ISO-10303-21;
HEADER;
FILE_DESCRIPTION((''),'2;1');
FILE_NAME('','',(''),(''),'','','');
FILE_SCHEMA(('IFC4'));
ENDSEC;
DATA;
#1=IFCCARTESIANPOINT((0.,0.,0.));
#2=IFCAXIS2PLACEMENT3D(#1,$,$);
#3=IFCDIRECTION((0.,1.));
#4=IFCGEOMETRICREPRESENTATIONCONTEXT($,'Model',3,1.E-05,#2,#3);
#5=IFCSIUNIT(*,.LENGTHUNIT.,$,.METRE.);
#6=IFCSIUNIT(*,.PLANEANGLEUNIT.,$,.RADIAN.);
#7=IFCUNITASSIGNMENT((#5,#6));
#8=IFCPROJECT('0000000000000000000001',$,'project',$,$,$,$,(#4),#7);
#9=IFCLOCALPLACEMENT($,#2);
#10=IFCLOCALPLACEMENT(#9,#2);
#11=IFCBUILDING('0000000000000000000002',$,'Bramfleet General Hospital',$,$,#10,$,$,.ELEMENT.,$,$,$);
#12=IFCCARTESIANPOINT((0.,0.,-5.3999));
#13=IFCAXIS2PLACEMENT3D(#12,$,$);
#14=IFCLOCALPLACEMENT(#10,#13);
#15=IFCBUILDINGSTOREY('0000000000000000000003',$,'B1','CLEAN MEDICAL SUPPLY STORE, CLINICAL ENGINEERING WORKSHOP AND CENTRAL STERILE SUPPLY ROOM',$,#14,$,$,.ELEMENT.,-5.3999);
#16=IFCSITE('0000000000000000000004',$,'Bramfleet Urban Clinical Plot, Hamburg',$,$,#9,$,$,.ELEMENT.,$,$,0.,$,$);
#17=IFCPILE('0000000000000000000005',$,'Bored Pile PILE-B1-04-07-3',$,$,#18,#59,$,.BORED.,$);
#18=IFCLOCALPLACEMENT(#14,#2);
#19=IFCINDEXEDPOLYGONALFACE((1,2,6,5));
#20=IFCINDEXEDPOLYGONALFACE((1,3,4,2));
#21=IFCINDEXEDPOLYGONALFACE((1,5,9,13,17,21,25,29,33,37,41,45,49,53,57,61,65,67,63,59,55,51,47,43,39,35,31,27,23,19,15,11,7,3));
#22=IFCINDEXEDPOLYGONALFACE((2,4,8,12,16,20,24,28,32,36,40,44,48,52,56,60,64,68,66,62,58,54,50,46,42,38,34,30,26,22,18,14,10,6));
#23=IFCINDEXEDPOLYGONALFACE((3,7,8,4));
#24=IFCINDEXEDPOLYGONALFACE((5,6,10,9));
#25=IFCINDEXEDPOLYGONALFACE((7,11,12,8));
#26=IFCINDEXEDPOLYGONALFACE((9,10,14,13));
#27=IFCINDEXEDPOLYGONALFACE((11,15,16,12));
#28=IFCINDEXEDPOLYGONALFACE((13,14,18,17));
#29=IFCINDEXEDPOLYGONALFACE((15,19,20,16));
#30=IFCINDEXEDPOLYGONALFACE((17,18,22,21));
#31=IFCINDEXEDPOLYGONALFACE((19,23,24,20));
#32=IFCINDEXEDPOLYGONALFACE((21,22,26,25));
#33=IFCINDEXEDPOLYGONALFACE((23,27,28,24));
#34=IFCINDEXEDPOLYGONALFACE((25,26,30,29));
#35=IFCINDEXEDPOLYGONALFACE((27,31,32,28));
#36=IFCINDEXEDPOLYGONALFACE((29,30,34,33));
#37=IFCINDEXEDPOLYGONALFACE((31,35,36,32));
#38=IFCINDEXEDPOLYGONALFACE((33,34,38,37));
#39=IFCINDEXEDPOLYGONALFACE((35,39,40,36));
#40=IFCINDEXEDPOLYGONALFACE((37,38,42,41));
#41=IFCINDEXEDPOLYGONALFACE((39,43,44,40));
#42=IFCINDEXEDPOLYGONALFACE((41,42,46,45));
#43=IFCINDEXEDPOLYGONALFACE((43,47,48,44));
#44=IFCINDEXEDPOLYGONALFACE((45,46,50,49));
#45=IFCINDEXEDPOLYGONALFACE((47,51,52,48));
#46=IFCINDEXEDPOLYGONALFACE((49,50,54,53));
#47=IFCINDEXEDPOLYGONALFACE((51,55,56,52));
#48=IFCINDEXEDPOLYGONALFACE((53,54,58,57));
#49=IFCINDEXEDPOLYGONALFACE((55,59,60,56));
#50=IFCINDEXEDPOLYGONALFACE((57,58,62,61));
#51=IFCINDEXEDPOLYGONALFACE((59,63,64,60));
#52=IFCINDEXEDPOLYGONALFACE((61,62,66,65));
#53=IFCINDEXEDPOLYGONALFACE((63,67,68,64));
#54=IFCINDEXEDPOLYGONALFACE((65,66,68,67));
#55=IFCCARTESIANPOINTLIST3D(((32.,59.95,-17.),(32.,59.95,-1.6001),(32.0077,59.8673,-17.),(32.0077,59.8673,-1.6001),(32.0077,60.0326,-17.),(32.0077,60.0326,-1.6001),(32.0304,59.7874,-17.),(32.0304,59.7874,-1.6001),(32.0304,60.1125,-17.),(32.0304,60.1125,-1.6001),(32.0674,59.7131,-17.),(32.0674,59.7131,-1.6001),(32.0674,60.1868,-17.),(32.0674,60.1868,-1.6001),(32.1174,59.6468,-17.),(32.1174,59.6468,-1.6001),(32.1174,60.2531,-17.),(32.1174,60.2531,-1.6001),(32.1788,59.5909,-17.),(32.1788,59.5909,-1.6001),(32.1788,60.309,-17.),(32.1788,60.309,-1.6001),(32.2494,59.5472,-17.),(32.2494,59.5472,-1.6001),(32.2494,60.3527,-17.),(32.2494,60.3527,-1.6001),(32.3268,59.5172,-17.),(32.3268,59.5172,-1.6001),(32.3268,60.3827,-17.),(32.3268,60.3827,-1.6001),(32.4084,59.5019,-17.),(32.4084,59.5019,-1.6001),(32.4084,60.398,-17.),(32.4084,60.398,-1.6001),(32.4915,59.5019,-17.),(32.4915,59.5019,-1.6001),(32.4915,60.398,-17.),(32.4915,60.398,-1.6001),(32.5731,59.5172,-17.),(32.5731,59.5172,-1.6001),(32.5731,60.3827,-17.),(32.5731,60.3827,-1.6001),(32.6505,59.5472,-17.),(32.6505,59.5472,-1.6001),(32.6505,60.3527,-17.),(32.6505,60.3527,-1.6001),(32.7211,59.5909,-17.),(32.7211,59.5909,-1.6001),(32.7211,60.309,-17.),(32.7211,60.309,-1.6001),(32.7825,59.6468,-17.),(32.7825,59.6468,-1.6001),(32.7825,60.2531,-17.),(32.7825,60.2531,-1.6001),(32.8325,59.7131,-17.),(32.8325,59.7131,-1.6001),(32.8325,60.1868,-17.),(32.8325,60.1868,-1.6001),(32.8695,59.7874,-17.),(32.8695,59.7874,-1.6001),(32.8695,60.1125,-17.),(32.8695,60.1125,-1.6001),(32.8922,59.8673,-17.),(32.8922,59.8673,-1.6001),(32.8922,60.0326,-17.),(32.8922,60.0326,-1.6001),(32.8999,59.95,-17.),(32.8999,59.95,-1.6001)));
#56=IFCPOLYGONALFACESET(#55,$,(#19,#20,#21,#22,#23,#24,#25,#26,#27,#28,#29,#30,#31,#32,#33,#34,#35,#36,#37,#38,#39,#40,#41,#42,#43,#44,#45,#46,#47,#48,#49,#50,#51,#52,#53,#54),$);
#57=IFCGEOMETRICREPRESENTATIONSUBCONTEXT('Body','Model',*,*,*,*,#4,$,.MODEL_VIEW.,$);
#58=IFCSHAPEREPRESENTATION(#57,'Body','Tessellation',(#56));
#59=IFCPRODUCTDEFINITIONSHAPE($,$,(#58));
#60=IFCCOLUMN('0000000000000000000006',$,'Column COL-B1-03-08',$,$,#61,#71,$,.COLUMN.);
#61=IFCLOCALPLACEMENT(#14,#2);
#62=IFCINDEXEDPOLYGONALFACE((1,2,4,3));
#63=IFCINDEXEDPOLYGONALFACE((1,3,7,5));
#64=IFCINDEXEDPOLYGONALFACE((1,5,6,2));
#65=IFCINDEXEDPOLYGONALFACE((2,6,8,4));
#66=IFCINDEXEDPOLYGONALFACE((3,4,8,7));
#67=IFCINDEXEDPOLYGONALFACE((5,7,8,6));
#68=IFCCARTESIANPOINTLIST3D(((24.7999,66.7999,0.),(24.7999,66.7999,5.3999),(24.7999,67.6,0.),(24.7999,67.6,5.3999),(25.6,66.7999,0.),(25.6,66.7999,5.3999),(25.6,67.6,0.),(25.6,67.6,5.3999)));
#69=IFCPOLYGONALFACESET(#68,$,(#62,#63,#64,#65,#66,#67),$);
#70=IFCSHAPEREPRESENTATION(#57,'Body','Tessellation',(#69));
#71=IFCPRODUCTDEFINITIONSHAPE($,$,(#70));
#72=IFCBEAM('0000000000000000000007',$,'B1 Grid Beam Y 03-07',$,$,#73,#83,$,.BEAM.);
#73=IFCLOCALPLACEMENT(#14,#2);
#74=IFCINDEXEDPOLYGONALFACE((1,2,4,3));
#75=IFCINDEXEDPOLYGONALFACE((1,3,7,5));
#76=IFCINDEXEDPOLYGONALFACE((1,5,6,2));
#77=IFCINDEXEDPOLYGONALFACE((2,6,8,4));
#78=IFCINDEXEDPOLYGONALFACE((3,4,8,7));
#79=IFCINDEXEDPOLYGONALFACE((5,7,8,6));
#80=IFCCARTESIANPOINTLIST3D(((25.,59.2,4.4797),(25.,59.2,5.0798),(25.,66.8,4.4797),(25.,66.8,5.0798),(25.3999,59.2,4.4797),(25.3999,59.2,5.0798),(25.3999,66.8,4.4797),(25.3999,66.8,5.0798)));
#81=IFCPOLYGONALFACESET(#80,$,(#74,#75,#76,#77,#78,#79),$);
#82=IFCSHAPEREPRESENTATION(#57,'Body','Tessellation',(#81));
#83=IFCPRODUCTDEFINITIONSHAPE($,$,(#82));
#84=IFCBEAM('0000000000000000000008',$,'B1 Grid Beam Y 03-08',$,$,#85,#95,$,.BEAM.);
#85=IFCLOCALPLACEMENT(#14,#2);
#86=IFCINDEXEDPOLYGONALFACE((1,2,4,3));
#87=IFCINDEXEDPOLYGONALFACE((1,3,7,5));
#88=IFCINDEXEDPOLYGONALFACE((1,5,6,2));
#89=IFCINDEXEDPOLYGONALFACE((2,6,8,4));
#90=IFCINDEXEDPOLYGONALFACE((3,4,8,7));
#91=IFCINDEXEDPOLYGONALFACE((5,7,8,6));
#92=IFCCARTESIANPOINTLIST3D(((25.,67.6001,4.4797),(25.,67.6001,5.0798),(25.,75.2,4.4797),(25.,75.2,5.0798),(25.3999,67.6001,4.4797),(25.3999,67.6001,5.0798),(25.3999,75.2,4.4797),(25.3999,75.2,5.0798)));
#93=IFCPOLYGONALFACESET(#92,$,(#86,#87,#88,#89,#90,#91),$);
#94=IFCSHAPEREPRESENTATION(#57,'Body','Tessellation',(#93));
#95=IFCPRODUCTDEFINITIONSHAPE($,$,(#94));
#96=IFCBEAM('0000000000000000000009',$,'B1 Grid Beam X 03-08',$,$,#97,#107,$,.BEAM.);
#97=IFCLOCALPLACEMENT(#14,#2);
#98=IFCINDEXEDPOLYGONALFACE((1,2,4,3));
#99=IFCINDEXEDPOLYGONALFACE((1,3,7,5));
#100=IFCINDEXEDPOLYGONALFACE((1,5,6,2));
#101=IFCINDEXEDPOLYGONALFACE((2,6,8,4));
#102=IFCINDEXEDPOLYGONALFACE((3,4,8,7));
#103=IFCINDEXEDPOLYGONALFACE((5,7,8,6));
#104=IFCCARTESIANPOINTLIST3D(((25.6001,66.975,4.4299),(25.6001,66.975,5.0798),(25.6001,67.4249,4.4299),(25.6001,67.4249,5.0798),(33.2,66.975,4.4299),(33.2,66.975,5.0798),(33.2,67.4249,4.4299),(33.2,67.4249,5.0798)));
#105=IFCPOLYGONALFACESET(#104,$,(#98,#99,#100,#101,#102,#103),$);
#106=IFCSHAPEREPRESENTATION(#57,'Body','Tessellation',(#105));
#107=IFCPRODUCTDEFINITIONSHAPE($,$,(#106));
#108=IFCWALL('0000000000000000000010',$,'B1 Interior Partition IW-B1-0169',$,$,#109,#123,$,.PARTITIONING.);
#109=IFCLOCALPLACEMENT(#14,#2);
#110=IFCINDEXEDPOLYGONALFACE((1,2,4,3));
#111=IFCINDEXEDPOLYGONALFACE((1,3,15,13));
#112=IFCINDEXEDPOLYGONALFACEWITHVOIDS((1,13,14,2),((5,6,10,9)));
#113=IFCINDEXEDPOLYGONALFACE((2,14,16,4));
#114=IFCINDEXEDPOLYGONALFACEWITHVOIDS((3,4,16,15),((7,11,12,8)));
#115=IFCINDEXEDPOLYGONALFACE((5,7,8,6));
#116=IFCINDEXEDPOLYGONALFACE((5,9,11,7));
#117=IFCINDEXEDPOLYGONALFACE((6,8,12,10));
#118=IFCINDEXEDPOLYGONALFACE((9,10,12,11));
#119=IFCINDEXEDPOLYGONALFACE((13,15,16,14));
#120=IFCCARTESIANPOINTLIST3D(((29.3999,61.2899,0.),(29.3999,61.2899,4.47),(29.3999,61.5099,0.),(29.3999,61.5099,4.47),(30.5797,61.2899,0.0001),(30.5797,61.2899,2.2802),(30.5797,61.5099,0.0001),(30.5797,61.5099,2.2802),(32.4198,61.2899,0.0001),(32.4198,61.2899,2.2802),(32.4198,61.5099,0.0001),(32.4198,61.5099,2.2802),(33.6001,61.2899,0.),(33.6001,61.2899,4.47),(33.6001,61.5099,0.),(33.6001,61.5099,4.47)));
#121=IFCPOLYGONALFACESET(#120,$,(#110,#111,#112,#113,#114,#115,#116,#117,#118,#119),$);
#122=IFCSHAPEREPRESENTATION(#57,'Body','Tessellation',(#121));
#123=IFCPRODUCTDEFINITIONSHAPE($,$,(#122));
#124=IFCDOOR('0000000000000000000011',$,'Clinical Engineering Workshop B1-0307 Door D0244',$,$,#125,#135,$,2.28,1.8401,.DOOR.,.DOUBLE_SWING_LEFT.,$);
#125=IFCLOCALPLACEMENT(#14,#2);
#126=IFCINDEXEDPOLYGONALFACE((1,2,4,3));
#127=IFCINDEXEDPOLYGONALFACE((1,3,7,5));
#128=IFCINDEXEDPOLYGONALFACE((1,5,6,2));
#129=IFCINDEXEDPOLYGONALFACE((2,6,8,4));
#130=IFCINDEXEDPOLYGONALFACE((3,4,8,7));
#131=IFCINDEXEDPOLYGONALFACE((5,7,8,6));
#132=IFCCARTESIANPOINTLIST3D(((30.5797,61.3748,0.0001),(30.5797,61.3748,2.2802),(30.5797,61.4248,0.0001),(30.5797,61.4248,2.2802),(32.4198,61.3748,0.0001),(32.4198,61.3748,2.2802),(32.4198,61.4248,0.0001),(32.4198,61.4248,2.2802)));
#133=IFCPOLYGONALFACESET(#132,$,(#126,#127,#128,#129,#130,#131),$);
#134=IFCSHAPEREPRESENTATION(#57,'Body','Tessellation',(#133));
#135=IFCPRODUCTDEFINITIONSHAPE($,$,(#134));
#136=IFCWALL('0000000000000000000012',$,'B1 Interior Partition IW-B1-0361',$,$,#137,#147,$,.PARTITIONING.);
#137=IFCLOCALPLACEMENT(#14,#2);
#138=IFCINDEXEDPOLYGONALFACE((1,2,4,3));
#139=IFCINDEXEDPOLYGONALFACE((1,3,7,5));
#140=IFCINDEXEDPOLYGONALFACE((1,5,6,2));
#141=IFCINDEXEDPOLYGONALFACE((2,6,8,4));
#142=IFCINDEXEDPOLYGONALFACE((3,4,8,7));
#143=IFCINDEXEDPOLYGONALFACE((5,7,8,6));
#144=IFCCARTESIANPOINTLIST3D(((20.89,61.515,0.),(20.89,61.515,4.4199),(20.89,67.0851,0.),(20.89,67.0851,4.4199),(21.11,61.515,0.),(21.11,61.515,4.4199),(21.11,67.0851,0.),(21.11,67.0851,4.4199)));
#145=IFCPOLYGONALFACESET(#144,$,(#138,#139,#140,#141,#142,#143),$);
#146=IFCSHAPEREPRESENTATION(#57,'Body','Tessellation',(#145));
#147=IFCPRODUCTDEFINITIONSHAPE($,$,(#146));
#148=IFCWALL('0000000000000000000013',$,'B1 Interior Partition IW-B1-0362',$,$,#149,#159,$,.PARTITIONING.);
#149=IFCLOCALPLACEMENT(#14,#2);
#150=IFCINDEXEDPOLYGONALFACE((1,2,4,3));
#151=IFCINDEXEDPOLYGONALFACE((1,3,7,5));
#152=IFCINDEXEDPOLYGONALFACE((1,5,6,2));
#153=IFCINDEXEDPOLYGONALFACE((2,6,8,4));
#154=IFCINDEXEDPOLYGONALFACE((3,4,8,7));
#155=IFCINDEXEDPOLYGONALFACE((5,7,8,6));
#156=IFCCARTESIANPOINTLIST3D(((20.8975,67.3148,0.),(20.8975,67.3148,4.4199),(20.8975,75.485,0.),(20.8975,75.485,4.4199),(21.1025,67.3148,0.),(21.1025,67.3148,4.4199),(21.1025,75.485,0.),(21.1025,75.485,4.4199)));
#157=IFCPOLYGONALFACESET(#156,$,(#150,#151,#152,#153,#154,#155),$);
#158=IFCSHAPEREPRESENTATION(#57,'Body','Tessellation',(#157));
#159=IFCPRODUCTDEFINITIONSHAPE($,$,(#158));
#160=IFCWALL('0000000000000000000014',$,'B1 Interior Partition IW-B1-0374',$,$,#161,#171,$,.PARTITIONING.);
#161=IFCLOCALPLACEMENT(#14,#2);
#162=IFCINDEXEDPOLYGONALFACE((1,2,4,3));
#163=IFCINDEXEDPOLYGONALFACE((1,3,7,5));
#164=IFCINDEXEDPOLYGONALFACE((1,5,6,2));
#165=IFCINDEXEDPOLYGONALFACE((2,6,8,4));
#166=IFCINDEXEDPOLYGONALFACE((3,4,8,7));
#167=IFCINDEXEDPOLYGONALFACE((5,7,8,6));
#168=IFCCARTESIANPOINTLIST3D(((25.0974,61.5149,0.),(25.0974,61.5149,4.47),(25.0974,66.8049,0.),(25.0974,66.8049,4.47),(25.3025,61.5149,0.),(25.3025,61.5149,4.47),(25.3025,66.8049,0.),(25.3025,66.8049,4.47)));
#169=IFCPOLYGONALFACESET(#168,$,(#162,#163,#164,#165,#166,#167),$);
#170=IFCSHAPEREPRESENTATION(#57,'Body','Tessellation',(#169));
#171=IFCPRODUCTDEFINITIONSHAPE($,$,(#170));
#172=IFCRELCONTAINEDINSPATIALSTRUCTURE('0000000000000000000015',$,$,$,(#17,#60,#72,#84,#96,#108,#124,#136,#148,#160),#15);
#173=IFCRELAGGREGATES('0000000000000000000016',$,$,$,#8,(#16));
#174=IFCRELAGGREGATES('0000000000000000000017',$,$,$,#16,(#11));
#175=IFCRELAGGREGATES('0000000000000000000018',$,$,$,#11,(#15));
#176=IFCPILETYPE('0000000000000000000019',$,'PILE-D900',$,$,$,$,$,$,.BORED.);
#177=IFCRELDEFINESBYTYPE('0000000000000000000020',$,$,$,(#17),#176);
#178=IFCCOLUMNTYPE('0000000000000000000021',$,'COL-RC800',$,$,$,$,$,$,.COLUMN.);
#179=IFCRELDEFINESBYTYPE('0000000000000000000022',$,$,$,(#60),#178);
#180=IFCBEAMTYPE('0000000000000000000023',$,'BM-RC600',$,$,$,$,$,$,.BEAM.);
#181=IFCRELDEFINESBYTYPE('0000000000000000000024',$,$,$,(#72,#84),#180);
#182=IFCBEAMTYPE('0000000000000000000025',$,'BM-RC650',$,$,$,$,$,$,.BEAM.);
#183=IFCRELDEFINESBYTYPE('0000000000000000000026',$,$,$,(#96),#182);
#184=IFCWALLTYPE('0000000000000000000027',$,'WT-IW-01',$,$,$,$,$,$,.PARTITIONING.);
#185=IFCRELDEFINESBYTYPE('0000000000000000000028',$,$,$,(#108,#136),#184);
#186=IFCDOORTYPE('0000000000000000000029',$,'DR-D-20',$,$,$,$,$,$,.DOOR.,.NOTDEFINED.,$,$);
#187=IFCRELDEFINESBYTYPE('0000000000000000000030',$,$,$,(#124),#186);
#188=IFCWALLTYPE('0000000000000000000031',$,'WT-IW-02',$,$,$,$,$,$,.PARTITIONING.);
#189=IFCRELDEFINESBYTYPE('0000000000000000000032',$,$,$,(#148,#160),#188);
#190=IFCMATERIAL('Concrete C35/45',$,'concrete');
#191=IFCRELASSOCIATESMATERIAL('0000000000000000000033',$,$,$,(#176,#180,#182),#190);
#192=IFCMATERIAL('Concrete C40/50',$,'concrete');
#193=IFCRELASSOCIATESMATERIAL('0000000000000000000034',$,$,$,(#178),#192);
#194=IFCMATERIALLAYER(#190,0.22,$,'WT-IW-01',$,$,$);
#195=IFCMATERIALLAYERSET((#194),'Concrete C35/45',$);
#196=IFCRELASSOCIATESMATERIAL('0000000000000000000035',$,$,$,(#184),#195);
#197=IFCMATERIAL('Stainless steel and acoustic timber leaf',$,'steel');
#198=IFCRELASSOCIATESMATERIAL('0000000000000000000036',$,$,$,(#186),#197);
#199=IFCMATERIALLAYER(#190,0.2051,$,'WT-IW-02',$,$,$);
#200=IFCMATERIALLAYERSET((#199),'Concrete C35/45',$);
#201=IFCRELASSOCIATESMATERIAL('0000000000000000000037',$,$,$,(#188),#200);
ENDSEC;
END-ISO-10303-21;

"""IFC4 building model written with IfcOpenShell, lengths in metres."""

from ifc_helpers import new_model, si_unit, direction, frame, frame_2d, origin, origin_2d, place, context, subcontext, project, spatial, rectangle, circle, extrude, material, layer, layer_set, material_profile, profile_set, type_object, element, fill, save


model = new_model("IFC4")

# Units and contexts
model_context = context("Model", 3, precision=1e-05, world=origin(), true_north=direction((0.0, 1.0)))
body_context = subcontext(model_context, "Body", "Model", "MODEL_VIEW")
ifc_project = project(units=[si_unit("LENGTHUNIT", "METRE"), si_unit("PLANEANGLEUNIT", "RADIAN")], contexts=[model_context])

# Site, building, storey
site_placement = place(None, origin())
site = spatial("IfcSite", under=ifc_project, at=site_placement, Name="Bramfleet Urban Clinical Plot, Hamburg", CompositionType="ELEMENT", RefElevation=0.0)
building_placement = place(site_placement, origin())
building = spatial("IfcBuilding", under=site, at=building_placement, Name="Bramfleet General Hospital", CompositionType="ELEMENT")
storey_placement = place(building_placement, frame((0.0, 0.0, -5.3999)))
storey = spatial("IfcBuildingStorey", under=building, at=storey_placement, Name="B1", Description="CLEAN MEDICAL SUPPLY STORE, CLINICAL ENGINEERING WORKSHOP AND CENTRAL STERILE SUPPLY ROOM", CompositionType="ELEMENT", Elevation=-5.3999)

# Shared definitions
ifc_material_1 = material(Name="Concrete C35/45", Category="concrete")

# Pile
ifc_material_profile_1 = material_profile(ifc_material_1, circle(Radius=0.45, at=origin_2d()), Name="PILE BORED D900")
ifc_profile_set_1 = profile_set([ifc_material_profile_1], Name="Concrete C35/45")
pile_type = type_object("IfcPileType", Name="PILE-D900", PredefinedType="BORED", material=ifc_profile_set_1)
for number, where, z_axis, x_axis, name in (
    (1, (32.45, 59.95, -1.6001), (0.0, 0.0, -1.0), (1.0, 0.0, 0.0), "Bored Pile PILE-B1-04-07-3"),
):
    element("IfcPile", number, at=place(storey_placement, frame(where, z_axis=z_axis, x_axis=x_axis)), inside=storey, type_object=pile_type, Name=name, PredefinedType="BORED", context=body_context, shape_type="SweptSolid", body=[
        extrude(circle(Radius=0.45, at=origin_2d()), origin(), (0.0, 0.0, 1.0), 15.3999),
    ])

# Column
ifc_material_2 = material(Name="Concrete C40/50", Category="concrete")
ifc_material_profile_2 = material_profile(ifc_material_2, rectangle(XDim=0.8, YDim=0.8, at=origin_2d()), Name="RC COL 800x800")
ifc_profile_set_2 = profile_set([ifc_material_profile_2], Name="Concrete C40/50")
column_type = type_object("IfcColumnType", Name="COL-RC800", PredefinedType="COLUMN", material=ifc_profile_set_2)
column_placement = place(storey_placement, frame((25.2, 67.2, 0.0), z_axis=(0.0, 0.0, 1.0), x_axis=(1.0, 0.0, 0.0)))
element("IfcColumn", 2, at=column_placement, inside=storey, type_object=column_type, Name="Column COL-B1-03-08", PredefinedType="COLUMN", context=body_context, shape_type="SweptSolid", body=[
    extrude(rectangle(XDim=0.8, YDim=0.8, at=origin_2d()), origin(), (0.0, 0.0, 1.0), 5.3999),
])

# Beams
ifc_material_profile_3 = material_profile(ifc_material_1, rectangle(XDim=0.3999, YDim=0.6001, at=origin_2d()), Name="RC BM 600x400")
ifc_profile_set_3 = profile_set([ifc_material_profile_3], Name="Concrete C35/45")
beam_type_1 = type_object("IfcBeamType", Name="BM-RC600", PredefinedType="BEAM", material=ifc_profile_set_3)
beam_1_placement = place(storey_placement, frame((25.2, 59.2, 4.7798), z_axis=(0.0, 1.0, 0.0), x_axis=(-1.0, 0.0, 0.0)))
element("IfcBeam", 3, at=beam_1_placement, inside=storey, type_object=beam_type_1, Name="B1 Grid Beam Y 03-07", PredefinedType="BEAM", context=body_context, shape_type="SweptSolid", body=[
    extrude(rectangle(XDim=0.3999, YDim=0.6001, at=origin_2d()), origin(), (0.0, 0.0, 1.0), 7.6001),
])
beam_2_placement = place(storey_placement, frame((25.2, 67.6001, 4.7798), z_axis=(0.0, 1.0, 0.0), x_axis=(-1.0, 0.0, 0.0)))
element("IfcBeam", 4, at=beam_2_placement, inside=storey, type_object=beam_type_1, Name="B1 Grid Beam Y 03-08", PredefinedType="BEAM", context=body_context, shape_type="SweptSolid", body=[
    extrude(rectangle(XDim=0.3999, YDim=0.6001, at=origin_2d()), origin(), (0.0, 0.0, 1.0), 7.5999),
])
ifc_material_profile_4 = material_profile(ifc_material_1, rectangle(XDim=0.45, YDim=0.6499, at=origin_2d()), Name="RC BM 650x450")
ifc_profile_set_4 = profile_set([ifc_material_profile_4], Name="Concrete C35/45")
beam_type_2 = type_object("IfcBeamType", Name="BM-RC650", PredefinedType="BEAM", material=ifc_profile_set_4)
beam_3_placement = place(storey_placement, frame((25.6001, 67.2, 4.7549), z_axis=(1.0, 0.0, 0.0), x_axis=(0.0, 1.0, 0.0)))
element("IfcBeam", 5, at=beam_3_placement, inside=storey, type_object=beam_type_2, Name="B1 Grid Beam X 03-08", PredefinedType="BEAM", context=body_context, shape_type="SweptSolid", body=[
    extrude(rectangle(XDim=0.45, YDim=0.6499, at=origin_2d()), origin(), (0.0, 0.0, 1.0), 7.5999),
])

# Wall, opening, door
ifc_layer_1 = layer(ifc_material_1, 0.22, Name="WT-IW-01")
ifc_layer_set_1 = layer_set([ifc_layer_1], Name="Concrete C35/45")
wall_type_1 = type_object("IfcWallType", Name="WT-IW-01", PredefinedType="PARTITIONING", material=ifc_layer_set_1)
wall_1_placement = place(storey_placement, frame((29.3999, 61.3999, 0.0), z_axis=(0.0, 0.0, 1.0), x_axis=(1.0, 0.0, 0.0)))
wall_1 = element("IfcWall", 6, at=wall_1_placement, inside=storey, type_object=wall_type_1, Name="B1 Interior Partition IW-B1-0169", PredefinedType="PARTITIONING", context=body_context, shape_type="SweptSolid", body=[
    extrude(rectangle(XDim=4.2002, YDim=0.22, at=frame_2d((2.1001, 0.0))), origin(), (0.0, 0.0, 1.0), 4.47),
])
opening_1_placement = place(wall_1_placement, frame((1.1799, 0.0, 0.0)))
opening_1 = element("IfcOpeningElement", 7, at=opening_1_placement, cuts=wall_1, PredefinedType="OPENING", context=body_context, shape_type="SweptSolid", body=[
    extrude(rectangle(XDim=1.8401, YDim=2.28, at=frame_2d((0.9199, 1.1401))), frame((0.0, 0.1199, 0.0), z_axis=(0.0, -1.0, 0.0), x_axis=(1.0, 0.0, 0.0)), (0.0, 0.0, 1.0), 0.24),
])
ifc_material_3 = material(Name="Stainless steel and acoustic timber leaf", Category="steel")
door_type_1 = type_object("IfcDoorType", Name="DR-D-20", OperationType="NOTDEFINED", PredefinedType="DOOR", material=ifc_material_3)
door_1_placement = place(opening_1_placement, origin())
door_1 = element("IfcDoor", 8, at=door_1_placement, inside=storey, type_object=door_type_1, Name="Clinical Engineering Workshop B1-0307 Door D0244", OperationType="DOUBLE_SWING_LEFT", OverallHeight=2.28, OverallWidth=1.8401, PredefinedType="DOOR", context=body_context, shape_type="SweptSolid", body=[
    extrude(rectangle(XDim=1.8401, YDim=2.28, at=frame_2d((0.9199, 1.1401))), frame((0.0, 0.0249, 0.0), z_axis=(0.0, -1.0, 0.0), x_axis=(1.0, 0.0, 0.0)), (0.0, 0.0, 1.0), 0.05),
])
fill(opening_1, door_1)

# Walls
wall_2_placement = place(storey_placement, frame((21.0, 61.5149, 0.0), z_axis=(0.0, 0.0, 1.0), x_axis=(0.0, 1.0, 0.0)))
element("IfcWall", 9, at=wall_2_placement, inside=storey, type_object=wall_type_1, Name="B1 Interior Partition IW-B1-0361", PredefinedType="PARTITIONING", context=body_context, shape_type="SweptSolid", body=[
    extrude(rectangle(XDim=5.5701, YDim=0.22, at=frame_2d((2.7852, 0.0))), origin(), (0.0, 0.0, 1.0), 4.4199),
])
ifc_layer_2 = layer(ifc_material_1, 0.2051, Name="WT-IW-02")
ifc_layer_set_2 = layer_set([ifc_layer_2], Name="Concrete C35/45")
wall_type_2 = type_object("IfcWallType", Name="WT-IW-02", PredefinedType="PARTITIONING", material=ifc_layer_set_2)
wall_3_placement = place(storey_placement, frame((21.0, 67.3149, 0.0), z_axis=(0.0, 0.0, 1.0), x_axis=(0.0, 1.0, 0.0)))
element("IfcWall", 10, at=wall_3_placement, inside=storey, type_object=wall_type_2, Name="B1 Interior Partition IW-B1-0362", PredefinedType="PARTITIONING", context=body_context, shape_type="SweptSolid", body=[
    extrude(rectangle(XDim=8.1702, YDim=0.2051, at=frame_2d((4.085, 0.0))), origin(), (0.0, 0.0, 1.0), 4.4199),
])
wall_4_placement = place(storey_placement, frame((25.2, 61.5149, 0.0), z_axis=(0.0, 0.0, 1.0), x_axis=(0.0, 1.0, 0.0)))
element("IfcWall", 11, at=wall_4_placement, inside=storey, type_object=wall_type_2, Name="B1 Interior Partition IW-B1-0374", PredefinedType="PARTITIONING", context=body_context, shape_type="SweptSolid", body=[
    extrude(rectangle(XDim=5.29, YDim=0.2051, at=frame_2d((2.645, 0.0))), origin(), (0.0, 0.0, 1.0), 4.47),
])

save(model, "model.ifc")
